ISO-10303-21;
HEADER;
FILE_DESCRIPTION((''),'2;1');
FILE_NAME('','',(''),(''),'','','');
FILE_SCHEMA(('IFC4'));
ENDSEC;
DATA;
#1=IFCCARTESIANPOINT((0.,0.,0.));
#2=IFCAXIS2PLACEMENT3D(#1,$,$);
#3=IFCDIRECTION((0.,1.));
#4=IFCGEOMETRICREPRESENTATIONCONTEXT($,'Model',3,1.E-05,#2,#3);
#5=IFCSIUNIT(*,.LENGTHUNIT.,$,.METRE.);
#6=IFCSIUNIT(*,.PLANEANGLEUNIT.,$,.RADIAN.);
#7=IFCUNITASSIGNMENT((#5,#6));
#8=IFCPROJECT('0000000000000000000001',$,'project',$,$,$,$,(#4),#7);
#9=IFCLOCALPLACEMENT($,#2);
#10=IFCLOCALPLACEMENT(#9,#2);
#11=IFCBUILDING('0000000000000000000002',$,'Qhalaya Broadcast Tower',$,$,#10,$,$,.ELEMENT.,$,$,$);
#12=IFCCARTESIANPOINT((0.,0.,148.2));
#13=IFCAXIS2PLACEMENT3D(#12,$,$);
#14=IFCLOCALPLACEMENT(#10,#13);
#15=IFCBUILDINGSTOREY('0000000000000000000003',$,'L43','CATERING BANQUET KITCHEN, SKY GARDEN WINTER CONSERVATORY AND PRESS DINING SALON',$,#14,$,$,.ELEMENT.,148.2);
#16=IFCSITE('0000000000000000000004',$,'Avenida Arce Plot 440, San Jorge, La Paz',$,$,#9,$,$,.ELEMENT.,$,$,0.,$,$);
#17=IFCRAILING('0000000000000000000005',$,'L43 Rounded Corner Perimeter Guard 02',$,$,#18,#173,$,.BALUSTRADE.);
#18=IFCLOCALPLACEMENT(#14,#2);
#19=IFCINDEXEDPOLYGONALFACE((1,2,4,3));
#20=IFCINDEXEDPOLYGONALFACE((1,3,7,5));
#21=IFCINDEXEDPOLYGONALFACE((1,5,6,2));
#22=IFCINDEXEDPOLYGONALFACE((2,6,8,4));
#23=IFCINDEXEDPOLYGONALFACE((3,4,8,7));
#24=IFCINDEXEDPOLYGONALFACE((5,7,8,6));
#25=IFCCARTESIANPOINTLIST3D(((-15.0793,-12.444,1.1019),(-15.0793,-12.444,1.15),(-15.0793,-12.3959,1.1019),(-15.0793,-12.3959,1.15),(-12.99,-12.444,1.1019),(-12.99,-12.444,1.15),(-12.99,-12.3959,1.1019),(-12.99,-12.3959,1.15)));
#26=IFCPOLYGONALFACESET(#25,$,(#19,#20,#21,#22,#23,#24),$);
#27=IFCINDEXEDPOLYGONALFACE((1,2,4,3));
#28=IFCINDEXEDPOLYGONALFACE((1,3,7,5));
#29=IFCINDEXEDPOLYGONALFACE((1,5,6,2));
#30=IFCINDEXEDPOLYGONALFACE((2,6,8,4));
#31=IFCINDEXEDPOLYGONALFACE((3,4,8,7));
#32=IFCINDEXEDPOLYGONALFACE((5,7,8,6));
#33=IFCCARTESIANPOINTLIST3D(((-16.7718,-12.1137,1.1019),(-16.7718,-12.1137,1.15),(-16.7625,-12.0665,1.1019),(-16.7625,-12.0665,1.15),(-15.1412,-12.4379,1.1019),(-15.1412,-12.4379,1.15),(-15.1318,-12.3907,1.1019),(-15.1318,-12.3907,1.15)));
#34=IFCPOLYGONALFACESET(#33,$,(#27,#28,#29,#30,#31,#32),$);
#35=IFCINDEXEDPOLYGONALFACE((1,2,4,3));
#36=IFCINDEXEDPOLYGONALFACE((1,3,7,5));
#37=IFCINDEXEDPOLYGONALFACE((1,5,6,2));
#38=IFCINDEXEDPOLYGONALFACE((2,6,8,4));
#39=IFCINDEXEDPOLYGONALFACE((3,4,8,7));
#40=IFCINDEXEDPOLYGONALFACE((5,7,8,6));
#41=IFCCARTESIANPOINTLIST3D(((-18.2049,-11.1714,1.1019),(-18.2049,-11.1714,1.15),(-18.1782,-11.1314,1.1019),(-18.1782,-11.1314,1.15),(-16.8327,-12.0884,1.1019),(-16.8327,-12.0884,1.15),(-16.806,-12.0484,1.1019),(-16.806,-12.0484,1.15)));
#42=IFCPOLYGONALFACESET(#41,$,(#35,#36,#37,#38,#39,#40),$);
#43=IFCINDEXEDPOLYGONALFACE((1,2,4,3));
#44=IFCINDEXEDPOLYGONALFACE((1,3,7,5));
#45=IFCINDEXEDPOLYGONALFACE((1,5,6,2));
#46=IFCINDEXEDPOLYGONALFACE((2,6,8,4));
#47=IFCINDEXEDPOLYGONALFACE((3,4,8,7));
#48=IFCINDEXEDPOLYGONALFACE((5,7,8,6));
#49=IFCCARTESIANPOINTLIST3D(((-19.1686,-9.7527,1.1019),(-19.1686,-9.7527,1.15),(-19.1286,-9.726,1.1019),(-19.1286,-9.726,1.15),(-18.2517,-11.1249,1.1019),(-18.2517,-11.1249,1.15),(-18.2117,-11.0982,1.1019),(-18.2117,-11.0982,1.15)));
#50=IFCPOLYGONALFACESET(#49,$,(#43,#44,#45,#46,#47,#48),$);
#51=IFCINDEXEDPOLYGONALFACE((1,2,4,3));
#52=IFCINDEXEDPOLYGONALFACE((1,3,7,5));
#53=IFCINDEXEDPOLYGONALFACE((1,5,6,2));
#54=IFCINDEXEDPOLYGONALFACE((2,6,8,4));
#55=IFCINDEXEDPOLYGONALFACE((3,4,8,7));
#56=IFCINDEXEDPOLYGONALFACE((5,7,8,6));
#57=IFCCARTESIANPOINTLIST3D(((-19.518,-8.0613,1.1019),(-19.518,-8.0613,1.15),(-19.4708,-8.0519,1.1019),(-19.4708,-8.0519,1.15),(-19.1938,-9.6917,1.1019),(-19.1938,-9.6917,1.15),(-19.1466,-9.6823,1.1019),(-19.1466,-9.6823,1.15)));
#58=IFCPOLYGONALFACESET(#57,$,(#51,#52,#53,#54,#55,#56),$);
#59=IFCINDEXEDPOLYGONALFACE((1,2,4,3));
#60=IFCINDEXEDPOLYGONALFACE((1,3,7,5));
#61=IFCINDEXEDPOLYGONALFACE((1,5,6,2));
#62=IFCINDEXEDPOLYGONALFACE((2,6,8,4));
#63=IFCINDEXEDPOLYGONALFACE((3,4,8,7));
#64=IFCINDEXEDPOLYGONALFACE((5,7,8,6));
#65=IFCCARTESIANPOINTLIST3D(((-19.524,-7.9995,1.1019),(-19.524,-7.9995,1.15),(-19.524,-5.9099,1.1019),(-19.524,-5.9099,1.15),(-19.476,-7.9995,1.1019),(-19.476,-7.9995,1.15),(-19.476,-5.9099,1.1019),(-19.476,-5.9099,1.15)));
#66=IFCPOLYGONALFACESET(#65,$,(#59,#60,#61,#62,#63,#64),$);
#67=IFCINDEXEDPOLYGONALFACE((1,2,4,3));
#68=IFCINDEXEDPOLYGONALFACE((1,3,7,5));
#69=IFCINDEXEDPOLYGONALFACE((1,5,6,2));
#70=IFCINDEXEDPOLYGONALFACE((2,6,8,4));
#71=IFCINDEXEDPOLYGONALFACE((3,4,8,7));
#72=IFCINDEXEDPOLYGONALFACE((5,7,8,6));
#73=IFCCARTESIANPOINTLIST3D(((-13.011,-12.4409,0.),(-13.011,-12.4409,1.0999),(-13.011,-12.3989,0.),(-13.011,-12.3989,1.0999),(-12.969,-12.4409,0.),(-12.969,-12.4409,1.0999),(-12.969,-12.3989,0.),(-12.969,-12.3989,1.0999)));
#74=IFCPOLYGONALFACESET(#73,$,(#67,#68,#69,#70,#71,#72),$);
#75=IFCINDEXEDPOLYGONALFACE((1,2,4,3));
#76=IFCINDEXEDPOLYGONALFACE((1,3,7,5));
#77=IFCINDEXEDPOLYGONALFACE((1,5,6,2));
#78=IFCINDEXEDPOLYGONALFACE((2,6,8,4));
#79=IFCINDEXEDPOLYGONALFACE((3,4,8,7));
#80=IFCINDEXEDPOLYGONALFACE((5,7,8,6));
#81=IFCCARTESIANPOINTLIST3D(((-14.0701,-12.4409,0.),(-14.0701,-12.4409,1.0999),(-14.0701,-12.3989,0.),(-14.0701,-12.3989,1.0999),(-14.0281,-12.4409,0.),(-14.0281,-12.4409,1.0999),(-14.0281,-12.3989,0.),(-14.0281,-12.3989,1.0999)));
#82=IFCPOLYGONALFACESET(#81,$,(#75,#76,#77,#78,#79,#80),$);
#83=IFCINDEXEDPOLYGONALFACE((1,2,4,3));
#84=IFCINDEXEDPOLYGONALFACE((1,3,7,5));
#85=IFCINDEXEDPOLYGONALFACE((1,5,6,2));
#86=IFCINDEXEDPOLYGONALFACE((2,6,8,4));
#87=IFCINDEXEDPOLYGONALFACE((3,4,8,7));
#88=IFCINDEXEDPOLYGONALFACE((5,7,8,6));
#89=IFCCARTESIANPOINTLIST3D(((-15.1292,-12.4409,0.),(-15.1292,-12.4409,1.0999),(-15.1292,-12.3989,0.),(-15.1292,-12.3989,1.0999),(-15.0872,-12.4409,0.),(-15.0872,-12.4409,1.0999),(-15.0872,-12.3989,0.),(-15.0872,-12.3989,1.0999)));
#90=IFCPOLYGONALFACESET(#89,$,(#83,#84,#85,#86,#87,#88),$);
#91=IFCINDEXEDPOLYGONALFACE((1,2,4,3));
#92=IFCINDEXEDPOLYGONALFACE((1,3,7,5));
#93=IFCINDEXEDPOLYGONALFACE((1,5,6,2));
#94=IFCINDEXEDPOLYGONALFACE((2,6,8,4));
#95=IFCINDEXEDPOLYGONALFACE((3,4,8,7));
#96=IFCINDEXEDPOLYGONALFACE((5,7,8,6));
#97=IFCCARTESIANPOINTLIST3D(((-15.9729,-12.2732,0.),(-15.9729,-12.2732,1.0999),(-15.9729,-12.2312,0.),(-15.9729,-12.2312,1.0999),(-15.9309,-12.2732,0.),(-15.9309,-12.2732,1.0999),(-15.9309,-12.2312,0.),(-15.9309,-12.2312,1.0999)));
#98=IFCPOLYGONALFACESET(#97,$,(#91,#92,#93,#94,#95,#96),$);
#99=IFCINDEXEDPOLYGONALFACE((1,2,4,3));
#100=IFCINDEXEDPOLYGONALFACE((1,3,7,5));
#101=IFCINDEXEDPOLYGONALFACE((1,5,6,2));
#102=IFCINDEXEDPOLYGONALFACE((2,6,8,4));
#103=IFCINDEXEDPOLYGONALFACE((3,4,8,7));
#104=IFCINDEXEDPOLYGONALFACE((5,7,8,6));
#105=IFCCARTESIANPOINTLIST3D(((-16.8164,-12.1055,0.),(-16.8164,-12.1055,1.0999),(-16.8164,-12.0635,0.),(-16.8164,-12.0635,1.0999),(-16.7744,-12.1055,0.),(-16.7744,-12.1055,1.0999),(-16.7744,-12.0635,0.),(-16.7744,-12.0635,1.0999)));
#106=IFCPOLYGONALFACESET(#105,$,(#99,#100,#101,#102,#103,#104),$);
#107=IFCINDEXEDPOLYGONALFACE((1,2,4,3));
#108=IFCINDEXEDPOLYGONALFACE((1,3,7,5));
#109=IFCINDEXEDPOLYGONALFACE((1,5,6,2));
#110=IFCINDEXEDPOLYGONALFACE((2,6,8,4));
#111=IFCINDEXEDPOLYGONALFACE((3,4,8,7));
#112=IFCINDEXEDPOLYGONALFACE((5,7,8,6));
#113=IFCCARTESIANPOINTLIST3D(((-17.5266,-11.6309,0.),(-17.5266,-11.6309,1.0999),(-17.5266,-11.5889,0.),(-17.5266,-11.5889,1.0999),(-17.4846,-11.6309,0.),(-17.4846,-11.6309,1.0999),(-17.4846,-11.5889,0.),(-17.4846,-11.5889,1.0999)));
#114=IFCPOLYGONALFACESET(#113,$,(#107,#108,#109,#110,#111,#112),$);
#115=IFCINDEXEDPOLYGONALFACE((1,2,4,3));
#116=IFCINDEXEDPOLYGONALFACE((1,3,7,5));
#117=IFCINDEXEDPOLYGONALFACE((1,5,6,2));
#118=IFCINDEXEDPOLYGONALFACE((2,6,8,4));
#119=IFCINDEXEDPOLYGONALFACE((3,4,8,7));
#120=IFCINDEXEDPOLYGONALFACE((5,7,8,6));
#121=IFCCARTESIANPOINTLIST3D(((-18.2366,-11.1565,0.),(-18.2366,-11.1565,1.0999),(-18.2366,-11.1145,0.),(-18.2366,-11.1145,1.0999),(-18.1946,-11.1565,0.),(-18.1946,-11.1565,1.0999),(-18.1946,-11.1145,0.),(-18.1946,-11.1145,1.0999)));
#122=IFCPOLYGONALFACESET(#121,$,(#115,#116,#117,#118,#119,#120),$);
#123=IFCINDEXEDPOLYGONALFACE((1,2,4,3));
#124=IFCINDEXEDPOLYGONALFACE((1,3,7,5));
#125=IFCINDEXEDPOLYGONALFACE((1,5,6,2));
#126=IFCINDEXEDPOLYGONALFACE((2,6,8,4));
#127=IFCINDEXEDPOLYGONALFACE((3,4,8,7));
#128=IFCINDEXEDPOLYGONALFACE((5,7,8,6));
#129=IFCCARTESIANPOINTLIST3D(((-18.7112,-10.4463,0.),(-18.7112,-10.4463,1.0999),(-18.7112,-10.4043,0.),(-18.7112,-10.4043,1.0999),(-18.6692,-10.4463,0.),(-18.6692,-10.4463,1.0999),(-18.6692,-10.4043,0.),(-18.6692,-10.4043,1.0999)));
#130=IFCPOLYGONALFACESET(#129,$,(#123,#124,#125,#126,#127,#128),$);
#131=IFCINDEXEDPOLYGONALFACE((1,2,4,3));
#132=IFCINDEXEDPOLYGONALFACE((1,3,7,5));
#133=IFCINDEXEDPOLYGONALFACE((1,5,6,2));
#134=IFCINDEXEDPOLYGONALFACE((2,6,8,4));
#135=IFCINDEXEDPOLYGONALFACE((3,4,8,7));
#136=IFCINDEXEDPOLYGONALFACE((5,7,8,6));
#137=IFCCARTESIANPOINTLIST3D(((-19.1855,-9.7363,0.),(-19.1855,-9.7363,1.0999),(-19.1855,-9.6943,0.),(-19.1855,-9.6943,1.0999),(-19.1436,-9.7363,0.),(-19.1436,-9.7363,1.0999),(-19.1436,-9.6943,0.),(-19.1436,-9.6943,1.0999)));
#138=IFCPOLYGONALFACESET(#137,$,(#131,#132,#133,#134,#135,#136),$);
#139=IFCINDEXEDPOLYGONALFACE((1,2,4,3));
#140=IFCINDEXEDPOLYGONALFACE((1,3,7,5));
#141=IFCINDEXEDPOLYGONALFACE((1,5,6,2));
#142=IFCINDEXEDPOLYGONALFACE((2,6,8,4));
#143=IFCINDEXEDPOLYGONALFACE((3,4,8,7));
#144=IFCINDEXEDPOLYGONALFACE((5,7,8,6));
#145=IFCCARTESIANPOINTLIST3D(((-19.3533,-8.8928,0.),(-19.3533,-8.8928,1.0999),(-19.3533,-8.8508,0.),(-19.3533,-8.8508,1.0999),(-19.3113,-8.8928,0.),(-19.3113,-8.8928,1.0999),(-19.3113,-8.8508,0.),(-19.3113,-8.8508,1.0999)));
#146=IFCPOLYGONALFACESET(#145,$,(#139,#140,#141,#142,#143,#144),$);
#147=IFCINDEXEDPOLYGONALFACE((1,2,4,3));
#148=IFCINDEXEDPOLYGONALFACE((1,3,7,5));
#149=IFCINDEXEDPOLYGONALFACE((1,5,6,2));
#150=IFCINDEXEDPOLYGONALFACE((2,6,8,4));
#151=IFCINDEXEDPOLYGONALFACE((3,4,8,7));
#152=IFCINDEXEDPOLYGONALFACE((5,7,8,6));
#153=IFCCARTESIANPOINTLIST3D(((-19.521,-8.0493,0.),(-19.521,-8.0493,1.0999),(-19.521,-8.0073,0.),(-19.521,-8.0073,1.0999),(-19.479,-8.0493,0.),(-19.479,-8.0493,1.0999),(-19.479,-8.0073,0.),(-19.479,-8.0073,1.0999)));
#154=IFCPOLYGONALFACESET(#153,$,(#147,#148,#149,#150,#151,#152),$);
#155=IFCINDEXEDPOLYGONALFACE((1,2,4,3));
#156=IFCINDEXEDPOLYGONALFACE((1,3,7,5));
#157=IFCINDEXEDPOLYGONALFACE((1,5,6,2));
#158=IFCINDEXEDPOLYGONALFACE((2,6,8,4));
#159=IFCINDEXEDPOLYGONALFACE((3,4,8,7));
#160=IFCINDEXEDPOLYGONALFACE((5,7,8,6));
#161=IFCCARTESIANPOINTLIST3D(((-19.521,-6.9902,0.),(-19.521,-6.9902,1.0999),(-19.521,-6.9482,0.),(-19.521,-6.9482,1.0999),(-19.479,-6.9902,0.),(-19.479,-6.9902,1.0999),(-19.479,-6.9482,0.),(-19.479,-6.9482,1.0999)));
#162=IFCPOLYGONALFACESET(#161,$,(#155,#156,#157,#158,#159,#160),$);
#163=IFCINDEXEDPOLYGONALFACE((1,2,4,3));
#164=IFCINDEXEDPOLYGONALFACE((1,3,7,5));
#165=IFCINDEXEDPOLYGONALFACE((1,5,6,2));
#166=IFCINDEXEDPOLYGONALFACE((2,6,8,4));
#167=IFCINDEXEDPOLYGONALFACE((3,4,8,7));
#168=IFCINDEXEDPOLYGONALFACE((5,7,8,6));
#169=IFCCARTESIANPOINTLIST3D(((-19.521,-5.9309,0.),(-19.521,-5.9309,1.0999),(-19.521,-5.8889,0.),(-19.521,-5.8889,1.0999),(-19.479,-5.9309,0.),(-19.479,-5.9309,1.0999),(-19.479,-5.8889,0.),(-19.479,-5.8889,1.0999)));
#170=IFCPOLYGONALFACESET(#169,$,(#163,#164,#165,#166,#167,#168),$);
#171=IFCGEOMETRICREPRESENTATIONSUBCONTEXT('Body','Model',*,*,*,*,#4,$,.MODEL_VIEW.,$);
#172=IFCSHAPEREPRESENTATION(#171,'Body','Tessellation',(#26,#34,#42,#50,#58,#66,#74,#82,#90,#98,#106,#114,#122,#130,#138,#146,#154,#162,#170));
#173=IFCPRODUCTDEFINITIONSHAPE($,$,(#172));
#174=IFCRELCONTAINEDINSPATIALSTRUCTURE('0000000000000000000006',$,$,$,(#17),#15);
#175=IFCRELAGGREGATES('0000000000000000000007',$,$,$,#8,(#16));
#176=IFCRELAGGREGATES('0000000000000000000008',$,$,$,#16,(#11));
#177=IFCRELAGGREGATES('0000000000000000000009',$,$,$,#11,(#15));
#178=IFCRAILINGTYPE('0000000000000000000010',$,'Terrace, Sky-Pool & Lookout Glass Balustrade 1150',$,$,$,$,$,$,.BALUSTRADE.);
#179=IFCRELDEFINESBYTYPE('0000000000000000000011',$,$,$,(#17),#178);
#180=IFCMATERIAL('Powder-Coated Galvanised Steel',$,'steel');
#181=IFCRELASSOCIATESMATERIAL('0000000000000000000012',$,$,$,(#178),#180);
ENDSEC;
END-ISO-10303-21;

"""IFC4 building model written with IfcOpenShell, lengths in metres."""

from ifc_helpers import new_model, si_unit, direction, frame, origin, origin_2d, place, context, subcontext, project, spatial, rectangle, extrude, material, type_object, element, save


model = new_model("IFC4")

# Units and contexts
model_context = context("Model", 3, precision=1e-05, world=origin(), true_north=direction((0.0, 1.0)))
body_context = subcontext(model_context, "Body", "Model", "MODEL_VIEW")
ifc_project = project(units=[si_unit("LENGTHUNIT", "METRE"), si_unit("PLANEANGLEUNIT", "RADIAN")], contexts=[model_context])

# Site, building, storey
site_placement = place(None, origin())
site = spatial("IfcSite", under=ifc_project, at=site_placement, Name="Avenida Arce Plot 440, San Jorge, La Paz", CompositionType="ELEMENT", RefElevation=0.0)
building_placement = place(site_placement, origin())
building = spatial("IfcBuilding", under=site, at=building_placement, Name="Qhalaya Broadcast Tower", CompositionType="ELEMENT")
storey_placement = place(building_placement, frame((0.0, 0.0, 148.2)))
storey = spatial("IfcBuildingStorey", under=building, at=storey_placement, Name="L43", Description="CATERING BANQUET KITCHEN, SKY GARDEN WINTER CONSERVATORY AND PRESS DINING SALON", CompositionType="ELEMENT", Elevation=148.2)

# Railing
ifc_material_1 = material(Name="Powder-Coated Galvanised Steel", Category="steel")
railing_type = type_object("IfcRailingType", Name="Terrace, Sky-Pool & Lookout Glass Balustrade 1150", PredefinedType="BALUSTRADE", material=ifc_material_1)
railing_placement = place(storey_placement, frame((-12.99, -12.4199, 0.0)))
element("IfcRailing", 1, at=railing_placement, inside=storey, type_object=railing_type, Name="L43 Rounded Corner Perimeter Guard 02", PredefinedType="BALUSTRADE", context=body_context, shape_type="SweptSolid", body=[
    extrude(rectangle(XDim=0.0481, YDim=0.0481, at=origin_2d()), frame((0.0, 0.0, 1.126), z_axis=(-1.0, 0.0, 0.0), x_axis=(0.0, -1.0, 0.0)), (0.0, 0.0, 1.0), 2.0894),
    extrude(rectangle(XDim=0.0481, YDim=0.0481, at=origin_2d()), frame((-2.1465, 0.0056, 1.126), z_axis=(-0.980804, 0.194997, 0.0), x_axis=(-0.194997, -0.980804, 0.0)), (0.0, 0.0, 1.0), 1.6626),
    extrude(rectangle(XDim=0.0481, YDim=0.0481, at=origin_2d()), frame((-3.8293, 0.3516, 1.126), z_axis=(-0.831456, 0.55559, 0.0), x_axis=(-0.55559, -0.831456, 0.0)), (0.0, 0.0, 1.0), 1.6504),
    extrude(rectangle(XDim=0.0481, YDim=0.0481, at=origin_2d()), frame((-5.2417, 1.3083, 1.126), z_axis=(-0.55559, 0.831456, 0.0), x_axis=(-0.831456, -0.55559, 0.0)), (0.0, 0.0, 1.0), 1.6504),
    extrude(rectangle(XDim=0.0481, YDim=0.0481, at=origin_2d()), frame((-6.1802, 2.7329, 1.126), z_axis=(-0.195024, 0.980798, 0.0), x_axis=(-0.980798, -0.195024, 0.0)), (0.0, 0.0, 1.0), 1.6624),
    extrude(rectangle(XDim=0.0481, YDim=0.0481, at=origin_2d()), frame((-6.51, 4.4204, 1.126), z_axis=(0.0, 1.0, 0.0), x_axis=(-1.0, 0.0, 0.0)), (0.0, 0.0, 1.0), 2.0896),
    extrude(rectangle(XDim=0.042, YDim=0.042, at=origin_2d()), origin(), (0.0, 0.0, 1.0), 1.0999),
    extrude(rectangle(XDim=0.042, YDim=0.042, at=origin_2d()), frame((-1.0591, 0.0, 0.0)), (0.0, 0.0, 1.0), 1.0999),
    extrude(rectangle(XDim=0.042, YDim=0.042, at=origin_2d()), frame((-2.1182, 0.0, 0.0)), (0.0, 0.0, 1.0), 1.0999),
    extrude(rectangle(XDim=0.042, YDim=0.042, at=origin_2d()), frame((-2.9619, 0.1677, 0.0)), (0.0, 0.0, 1.0), 1.0999),
    extrude(rectangle(XDim=0.042, YDim=0.042, at=origin_2d()), frame((-3.8054, 0.3354, 0.0)), (0.0, 0.0, 1.0), 1.0999),
    extrude(rectangle(XDim=0.042, YDim=0.042, at=origin_2d()), frame((-4.5156, 0.8101, 0.0)), (0.0, 0.0, 1.0), 1.0999),
    extrude(rectangle(XDim=0.042, YDim=0.042, at=origin_2d()), frame((-5.2256, 1.2844, 0.0)), (0.0, 0.0, 1.0), 1.0999),
    extrude(rectangle(XDim=0.042, YDim=0.042, at=origin_2d()), frame((-5.7002, 1.9946, 0.0)), (0.0, 0.0, 1.0), 1.0999),
    extrude(rectangle(XDim=0.042, YDim=0.042, at=origin_2d()), frame((-6.1746, 2.7046, 0.0)), (0.0, 0.0, 1.0), 1.0999),
    extrude(rectangle(XDim=0.042, YDim=0.042, at=origin_2d()), frame((-6.3423, 3.5481, 0.0)), (0.0, 0.0, 1.0), 1.0999),
    extrude(rectangle(XDim=0.042, YDim=0.042, at=origin_2d()), frame((-6.51, 4.3916, 0.0)), (0.0, 0.0, 1.0), 1.0999),
    extrude(rectangle(XDim=0.042, YDim=0.042, at=origin_2d()), frame((-6.51, 5.4507, 0.0)), (0.0, 0.0, 1.0), 1.0999),
    extrude(rectangle(XDim=0.042, YDim=0.042, at=origin_2d()), frame((-6.51, 6.51, 0.0)), (0.0, 0.0, 1.0), 1.0999),
])

save(model, "model.ifc")
